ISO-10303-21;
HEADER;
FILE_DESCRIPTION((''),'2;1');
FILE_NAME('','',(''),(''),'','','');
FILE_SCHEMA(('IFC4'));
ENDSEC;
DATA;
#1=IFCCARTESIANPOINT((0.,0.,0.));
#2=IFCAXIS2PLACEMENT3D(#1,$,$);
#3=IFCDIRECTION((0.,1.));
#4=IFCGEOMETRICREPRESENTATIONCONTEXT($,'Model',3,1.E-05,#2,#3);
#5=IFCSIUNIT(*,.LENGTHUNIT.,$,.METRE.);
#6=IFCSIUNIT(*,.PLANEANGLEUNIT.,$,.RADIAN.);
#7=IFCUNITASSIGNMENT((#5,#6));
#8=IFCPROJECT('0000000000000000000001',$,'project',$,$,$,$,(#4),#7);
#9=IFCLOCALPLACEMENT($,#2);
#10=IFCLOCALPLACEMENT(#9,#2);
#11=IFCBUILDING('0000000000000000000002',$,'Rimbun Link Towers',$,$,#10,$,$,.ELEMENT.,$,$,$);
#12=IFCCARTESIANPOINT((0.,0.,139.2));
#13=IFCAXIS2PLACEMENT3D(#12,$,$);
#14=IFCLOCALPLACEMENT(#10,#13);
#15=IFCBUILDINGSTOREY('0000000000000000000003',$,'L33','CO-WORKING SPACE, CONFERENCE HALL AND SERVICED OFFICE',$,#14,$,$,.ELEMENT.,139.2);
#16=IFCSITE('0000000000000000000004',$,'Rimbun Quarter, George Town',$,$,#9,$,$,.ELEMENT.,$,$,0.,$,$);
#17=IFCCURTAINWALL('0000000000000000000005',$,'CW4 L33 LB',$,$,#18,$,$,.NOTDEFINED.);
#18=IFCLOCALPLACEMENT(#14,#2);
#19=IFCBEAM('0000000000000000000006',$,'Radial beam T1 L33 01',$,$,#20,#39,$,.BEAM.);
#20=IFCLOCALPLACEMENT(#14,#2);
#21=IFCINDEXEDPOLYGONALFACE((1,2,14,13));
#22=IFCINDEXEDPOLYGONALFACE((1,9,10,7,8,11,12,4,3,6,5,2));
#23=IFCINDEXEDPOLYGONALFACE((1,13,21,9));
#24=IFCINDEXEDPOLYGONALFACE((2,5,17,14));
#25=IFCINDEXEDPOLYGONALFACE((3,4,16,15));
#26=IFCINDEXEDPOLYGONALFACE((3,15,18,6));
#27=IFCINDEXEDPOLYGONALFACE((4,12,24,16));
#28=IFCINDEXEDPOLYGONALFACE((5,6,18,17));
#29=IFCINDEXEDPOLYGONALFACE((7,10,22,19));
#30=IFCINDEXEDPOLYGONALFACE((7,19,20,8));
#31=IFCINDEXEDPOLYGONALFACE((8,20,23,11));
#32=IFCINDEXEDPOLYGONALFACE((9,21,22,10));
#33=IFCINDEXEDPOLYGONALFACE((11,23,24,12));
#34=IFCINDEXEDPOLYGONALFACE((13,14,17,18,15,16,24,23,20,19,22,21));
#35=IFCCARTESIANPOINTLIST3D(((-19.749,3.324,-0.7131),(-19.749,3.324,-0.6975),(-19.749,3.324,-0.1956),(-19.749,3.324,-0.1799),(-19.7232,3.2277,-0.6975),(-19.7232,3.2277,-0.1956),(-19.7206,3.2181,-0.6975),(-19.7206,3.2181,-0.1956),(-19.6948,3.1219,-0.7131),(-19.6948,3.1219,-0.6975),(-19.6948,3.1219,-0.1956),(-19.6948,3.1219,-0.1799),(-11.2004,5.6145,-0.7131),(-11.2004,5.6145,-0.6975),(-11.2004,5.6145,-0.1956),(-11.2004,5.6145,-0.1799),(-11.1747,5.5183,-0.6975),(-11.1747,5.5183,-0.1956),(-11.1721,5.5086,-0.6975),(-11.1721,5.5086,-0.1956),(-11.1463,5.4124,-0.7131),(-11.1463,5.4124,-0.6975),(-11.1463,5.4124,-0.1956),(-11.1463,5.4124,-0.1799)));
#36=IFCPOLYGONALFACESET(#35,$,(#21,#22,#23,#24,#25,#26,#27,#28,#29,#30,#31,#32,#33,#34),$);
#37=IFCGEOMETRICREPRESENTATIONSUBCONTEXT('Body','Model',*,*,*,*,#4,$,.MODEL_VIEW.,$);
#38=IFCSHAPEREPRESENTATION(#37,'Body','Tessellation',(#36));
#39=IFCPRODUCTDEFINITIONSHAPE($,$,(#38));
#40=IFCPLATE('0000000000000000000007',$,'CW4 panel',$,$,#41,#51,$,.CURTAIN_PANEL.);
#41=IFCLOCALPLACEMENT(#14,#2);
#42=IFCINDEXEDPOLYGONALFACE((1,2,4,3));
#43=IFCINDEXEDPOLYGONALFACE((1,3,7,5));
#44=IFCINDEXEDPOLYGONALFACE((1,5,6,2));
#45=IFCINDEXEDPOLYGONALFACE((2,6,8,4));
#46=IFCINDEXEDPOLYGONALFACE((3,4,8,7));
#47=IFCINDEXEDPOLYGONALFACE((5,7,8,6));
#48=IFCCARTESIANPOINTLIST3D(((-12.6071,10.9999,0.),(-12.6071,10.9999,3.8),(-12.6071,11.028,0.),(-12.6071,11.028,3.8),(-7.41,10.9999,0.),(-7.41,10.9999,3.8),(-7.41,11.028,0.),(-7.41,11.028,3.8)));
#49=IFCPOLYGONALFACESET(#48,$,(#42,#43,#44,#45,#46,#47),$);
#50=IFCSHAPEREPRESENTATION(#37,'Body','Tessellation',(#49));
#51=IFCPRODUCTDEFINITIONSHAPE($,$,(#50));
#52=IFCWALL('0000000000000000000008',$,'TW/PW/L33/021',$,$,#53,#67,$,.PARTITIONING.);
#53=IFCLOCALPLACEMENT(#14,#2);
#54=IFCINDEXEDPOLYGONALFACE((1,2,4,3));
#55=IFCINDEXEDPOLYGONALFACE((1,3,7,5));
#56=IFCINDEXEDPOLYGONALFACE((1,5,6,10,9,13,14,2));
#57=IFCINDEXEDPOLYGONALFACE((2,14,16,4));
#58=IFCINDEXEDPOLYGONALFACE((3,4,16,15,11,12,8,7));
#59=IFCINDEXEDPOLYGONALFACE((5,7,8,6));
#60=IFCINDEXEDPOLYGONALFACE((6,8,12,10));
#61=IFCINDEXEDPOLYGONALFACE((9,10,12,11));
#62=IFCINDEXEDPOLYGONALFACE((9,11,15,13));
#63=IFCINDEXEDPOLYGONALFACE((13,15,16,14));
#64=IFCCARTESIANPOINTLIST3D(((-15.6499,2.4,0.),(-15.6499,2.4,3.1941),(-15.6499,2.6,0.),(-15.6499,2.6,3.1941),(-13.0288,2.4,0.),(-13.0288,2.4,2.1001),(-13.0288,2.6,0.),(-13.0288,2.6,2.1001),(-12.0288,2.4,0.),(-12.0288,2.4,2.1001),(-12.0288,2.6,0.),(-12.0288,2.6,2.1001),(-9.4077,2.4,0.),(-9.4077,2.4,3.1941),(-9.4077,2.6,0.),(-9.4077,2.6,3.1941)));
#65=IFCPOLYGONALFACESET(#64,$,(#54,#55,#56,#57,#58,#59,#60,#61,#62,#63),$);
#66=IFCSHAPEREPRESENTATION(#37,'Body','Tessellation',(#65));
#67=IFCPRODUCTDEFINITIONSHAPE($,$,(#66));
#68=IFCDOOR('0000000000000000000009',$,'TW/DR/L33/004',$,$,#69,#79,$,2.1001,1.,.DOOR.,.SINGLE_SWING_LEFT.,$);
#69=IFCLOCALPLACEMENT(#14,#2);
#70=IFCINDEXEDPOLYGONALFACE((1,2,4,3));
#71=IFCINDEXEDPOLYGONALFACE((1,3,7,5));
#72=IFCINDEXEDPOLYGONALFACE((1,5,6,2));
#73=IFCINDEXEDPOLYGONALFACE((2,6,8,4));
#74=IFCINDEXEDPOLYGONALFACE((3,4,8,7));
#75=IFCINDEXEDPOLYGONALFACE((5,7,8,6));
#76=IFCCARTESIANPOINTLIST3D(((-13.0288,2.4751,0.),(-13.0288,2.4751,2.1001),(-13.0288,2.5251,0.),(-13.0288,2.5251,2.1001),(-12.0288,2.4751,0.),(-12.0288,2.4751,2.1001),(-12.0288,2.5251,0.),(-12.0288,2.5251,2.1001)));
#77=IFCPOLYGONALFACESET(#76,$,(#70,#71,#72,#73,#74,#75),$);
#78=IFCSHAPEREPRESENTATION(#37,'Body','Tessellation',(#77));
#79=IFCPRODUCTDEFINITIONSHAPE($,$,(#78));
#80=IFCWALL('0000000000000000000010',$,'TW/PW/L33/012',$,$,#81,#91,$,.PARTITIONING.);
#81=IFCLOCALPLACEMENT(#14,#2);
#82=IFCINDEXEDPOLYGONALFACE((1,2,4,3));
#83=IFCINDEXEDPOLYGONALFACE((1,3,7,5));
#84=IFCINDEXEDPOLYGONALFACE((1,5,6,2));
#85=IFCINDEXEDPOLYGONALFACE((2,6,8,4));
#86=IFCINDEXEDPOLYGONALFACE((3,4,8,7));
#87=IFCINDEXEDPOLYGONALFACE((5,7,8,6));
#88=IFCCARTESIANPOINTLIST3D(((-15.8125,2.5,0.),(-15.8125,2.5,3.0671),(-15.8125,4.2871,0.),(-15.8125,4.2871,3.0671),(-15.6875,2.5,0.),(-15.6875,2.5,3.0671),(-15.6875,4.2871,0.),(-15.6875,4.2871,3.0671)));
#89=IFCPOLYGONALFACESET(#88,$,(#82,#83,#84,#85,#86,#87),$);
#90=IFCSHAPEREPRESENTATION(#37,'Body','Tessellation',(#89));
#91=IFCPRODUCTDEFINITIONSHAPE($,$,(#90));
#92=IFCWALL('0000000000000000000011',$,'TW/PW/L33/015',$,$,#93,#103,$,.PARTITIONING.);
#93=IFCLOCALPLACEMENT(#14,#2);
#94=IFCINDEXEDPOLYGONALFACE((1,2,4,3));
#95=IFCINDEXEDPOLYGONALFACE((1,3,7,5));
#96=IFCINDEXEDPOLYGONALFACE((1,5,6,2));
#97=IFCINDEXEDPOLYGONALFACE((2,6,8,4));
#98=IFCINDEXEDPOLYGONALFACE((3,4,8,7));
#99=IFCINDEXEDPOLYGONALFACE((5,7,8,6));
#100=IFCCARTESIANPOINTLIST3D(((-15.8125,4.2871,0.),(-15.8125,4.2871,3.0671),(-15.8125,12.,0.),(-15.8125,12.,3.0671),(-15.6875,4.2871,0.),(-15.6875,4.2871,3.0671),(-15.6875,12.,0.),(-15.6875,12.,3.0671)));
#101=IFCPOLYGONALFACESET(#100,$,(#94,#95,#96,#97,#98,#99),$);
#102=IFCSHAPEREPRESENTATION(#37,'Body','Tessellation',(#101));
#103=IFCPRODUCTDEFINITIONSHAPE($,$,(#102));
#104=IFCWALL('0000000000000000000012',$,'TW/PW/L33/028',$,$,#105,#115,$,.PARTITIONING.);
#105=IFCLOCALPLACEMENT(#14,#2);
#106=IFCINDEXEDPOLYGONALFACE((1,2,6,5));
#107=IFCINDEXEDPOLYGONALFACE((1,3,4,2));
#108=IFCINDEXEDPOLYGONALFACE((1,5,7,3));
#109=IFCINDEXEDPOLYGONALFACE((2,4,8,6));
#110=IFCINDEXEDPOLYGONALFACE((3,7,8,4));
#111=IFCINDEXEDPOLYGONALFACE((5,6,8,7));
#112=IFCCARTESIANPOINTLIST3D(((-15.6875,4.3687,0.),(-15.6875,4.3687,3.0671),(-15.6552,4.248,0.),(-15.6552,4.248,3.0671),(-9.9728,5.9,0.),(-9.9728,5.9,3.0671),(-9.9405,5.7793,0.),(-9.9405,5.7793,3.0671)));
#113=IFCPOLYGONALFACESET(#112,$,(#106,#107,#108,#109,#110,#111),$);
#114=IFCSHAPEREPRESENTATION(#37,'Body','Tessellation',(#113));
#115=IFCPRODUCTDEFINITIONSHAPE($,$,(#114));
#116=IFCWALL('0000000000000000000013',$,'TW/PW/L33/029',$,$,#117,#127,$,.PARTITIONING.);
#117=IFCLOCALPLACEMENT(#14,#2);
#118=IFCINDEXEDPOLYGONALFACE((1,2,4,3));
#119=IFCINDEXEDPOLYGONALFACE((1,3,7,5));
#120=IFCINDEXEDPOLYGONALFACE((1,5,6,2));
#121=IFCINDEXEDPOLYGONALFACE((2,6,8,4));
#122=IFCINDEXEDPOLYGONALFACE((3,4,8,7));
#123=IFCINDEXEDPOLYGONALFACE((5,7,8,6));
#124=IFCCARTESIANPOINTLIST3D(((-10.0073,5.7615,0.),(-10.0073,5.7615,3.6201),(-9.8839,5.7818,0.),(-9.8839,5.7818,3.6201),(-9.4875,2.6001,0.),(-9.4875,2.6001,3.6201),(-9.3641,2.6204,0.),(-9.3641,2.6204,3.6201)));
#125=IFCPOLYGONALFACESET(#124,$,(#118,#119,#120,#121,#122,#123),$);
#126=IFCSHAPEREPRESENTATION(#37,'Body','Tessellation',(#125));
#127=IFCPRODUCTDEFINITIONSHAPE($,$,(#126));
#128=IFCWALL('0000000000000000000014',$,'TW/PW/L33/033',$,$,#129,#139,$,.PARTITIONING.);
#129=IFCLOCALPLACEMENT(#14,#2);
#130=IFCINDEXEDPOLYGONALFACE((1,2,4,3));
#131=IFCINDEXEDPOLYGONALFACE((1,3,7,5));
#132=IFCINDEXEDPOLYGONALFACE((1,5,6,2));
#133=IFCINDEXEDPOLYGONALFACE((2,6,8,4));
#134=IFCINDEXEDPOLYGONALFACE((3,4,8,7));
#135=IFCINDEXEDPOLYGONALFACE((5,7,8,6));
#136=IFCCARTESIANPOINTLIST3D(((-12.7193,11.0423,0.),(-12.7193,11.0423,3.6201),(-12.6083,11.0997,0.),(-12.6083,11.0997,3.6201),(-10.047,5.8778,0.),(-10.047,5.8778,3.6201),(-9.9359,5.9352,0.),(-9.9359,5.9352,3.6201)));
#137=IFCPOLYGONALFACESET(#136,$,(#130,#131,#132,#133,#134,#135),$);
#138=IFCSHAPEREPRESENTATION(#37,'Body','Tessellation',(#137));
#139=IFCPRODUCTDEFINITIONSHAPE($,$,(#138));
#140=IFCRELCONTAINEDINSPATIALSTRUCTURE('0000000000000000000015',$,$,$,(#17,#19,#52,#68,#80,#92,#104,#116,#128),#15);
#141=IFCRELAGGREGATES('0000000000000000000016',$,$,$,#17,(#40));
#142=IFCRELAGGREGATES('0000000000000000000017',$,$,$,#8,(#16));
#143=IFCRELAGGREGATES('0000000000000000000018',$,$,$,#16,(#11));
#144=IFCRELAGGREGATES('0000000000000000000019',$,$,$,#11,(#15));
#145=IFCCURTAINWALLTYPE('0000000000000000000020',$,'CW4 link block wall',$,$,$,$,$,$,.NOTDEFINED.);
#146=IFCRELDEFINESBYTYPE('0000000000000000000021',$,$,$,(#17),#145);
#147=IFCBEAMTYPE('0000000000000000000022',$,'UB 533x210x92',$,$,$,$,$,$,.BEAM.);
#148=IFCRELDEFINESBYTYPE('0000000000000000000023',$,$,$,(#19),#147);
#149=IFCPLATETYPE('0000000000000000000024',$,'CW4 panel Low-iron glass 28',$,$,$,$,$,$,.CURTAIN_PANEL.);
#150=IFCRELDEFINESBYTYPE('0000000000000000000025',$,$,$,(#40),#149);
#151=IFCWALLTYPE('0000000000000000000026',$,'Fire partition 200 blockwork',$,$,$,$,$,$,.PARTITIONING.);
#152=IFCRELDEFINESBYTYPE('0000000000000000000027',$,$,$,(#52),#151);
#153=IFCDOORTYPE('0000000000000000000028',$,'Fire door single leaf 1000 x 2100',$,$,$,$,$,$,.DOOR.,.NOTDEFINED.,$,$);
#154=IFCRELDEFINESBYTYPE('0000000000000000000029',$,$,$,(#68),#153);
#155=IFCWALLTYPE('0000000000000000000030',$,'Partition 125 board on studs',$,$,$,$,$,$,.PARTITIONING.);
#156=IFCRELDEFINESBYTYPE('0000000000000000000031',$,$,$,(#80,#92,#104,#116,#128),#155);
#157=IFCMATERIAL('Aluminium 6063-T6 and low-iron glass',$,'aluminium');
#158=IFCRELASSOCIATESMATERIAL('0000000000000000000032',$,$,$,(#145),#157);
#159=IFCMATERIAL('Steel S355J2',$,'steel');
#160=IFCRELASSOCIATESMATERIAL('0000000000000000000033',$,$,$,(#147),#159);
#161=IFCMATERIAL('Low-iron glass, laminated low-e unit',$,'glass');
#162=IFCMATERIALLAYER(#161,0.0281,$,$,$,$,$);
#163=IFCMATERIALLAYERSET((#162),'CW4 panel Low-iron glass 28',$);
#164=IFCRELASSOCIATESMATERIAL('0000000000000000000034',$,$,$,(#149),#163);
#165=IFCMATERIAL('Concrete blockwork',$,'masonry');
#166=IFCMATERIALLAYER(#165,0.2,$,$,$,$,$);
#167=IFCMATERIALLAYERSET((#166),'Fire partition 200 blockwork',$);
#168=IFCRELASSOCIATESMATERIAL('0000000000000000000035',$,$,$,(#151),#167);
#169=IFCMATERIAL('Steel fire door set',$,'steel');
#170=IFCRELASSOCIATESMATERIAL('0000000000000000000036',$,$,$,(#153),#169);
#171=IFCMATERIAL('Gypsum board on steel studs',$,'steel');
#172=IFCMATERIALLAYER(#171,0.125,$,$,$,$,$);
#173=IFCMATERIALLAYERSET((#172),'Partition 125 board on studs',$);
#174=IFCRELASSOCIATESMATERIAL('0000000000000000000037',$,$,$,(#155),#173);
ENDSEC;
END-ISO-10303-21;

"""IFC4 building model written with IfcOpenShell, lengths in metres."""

from ifc_helpers import new_model, si_unit, direction, frame, frame_2d, origin, origin_2d, place, context, subcontext, project, spatial, rectangle, i_section, extrude, material, layer, layer_set, material_profile, profile_set, type_object, element, fill, aggregate, save


model = new_model("IFC4")

# Units and contexts
model_context = context("Model", 3, precision=1e-05, world=origin(), true_north=direction((0.0, 1.0)))
body_context = subcontext(model_context, "Body", "Model", "MODEL_VIEW")
ifc_project = project(units=[si_unit("LENGTHUNIT", "METRE"), si_unit("PLANEANGLEUNIT", "RADIAN")], contexts=[model_context])

# Site, building, storey
site_placement = place(None, origin())
site = spatial("IfcSite", under=ifc_project, at=site_placement, Name="Rimbun Quarter, George Town", CompositionType="ELEMENT", RefElevation=0.0)
building_placement = place(site_placement, origin())
building = spatial("IfcBuilding", under=site, at=building_placement, Name="Rimbun Link Towers", CompositionType="ELEMENT")
storey_placement = place(building_placement, frame((0.0, 0.0, 139.2)))
storey = spatial("IfcBuildingStorey", under=building, at=storey_placement, Name="L33", Description="CO-WORKING SPACE, CONFERENCE HALL AND SERVICED OFFICE", CompositionType="ELEMENT", Elevation=139.2)

# Curtain wall
ifc_material_1 = material(Name="Aluminium 6063-T6 and low-iron glass", Category="aluminium")
curtain_wall_type = type_object("IfcCurtainWallType", Name="CW4 link block wall", PredefinedType="NOTDEFINED", material=ifc_material_1)
curtain_wall_placement = place(storey_placement, origin())
curtain_wall = element("IfcCurtainWall", 1, at=curtain_wall_placement, inside=storey, type_object=curtain_wall_type, Name="CW4 L33 LB", PredefinedType="NOTDEFINED")

# Beam
ifc_material_2 = material(Name="Steel S355J2", Category="steel")
ifc_material_profile_1 = material_profile(ifc_material_2, i_section(OverallWidth=0.2092, OverallDepth=0.5332, WebThickness=0.01, FlangeThickness=0.0156, at=origin_2d()), Name="UB 533x210x92")
ifc_profile_set_1 = profile_set([ifc_material_profile_1], Name="Steel S355J2")
beam_type_1 = type_object("IfcBeamType", Name="UB 533x210x92", PredefinedType="BEAM", material=ifc_profile_set_1)
beam_1_placement = place(storey_placement, frame((-19.7219, 3.2229, -0.4465), z_axis=(0.965927, 0.258813, 0.0), x_axis=(-0.258813, 0.965927, 0.0)))
element("IfcBeam", 2, at=beam_1_placement, inside=storey, type_object=beam_type_1, Name="Radial beam T1 L33 01", PredefinedType="BEAM", context=body_context, shape_type="SweptSolid", body=[
    extrude(i_section(OverallWidth=0.2092, OverallDepth=0.5332, WebThickness=0.01, FlangeThickness=0.0156, at=origin_2d()), origin(), (0.0, 0.0, 1.0), 8.8501),
])

# Plate
ifc_material_3 = material(Name="Low-iron glass, laminated low-e unit", Category="glass")
ifc_layer_1 = layer(ifc_material_3, 0.0281)
ifc_layer_set_1 = layer_set([ifc_layer_1], Name="CW4 panel Low-iron glass 28")
plate_type = type_object("IfcPlateType", Name="CW4 panel Low-iron glass 28", PredefinedType="CURTAIN_PANEL", material=ifc_layer_set_1)
plate_placement = place(storey_placement, frame((-10.0085, 11.0139, 0.0), z_axis=(0.0, 0.0, 1.0), x_axis=(1.0, 0.0, 0.0)))
plate = element("IfcPlate", 3, at=plate_placement, type_object=plate_type, Name="CW4 panel", PredefinedType="CURTAIN_PANEL", context=body_context, shape_type="SweptSolid", body=[
    extrude(rectangle(XDim=5.197, YDim=0.0281, at=origin_2d()), origin(), (0.0, 0.0, 1.0), 3.8),
])
aggregate(curtain_wall, [plate])

# Wall, opening, door
ifc_material_4 = material(Name="Concrete blockwork", Category="masonry")
ifc_layer_2 = layer(ifc_material_4, 0.2)
ifc_layer_set_2 = layer_set([ifc_layer_2], Name="Fire partition 200 blockwork")
wall_type_1 = type_object("IfcWallType", Name="Fire partition 200 blockwork", PredefinedType="PARTITIONING", material=ifc_layer_set_2)
wall_1_placement = place(storey_placement, frame((-9.4077, 2.5, 0.0), z_axis=(0.0, 0.0, 1.0), x_axis=(-1.0, 0.0, 0.0)))
wall_1 = element("IfcWall", 4, at=wall_1_placement, inside=storey, type_object=wall_type_1, Name="TW/PW/L33/021", PredefinedType="PARTITIONING", context=body_context, shape_type="SweptSolid", body=[
    extrude(rectangle(XDim=6.2422, YDim=0.2, at=frame_2d((3.1211, 0.0))), origin(), (0.0, 0.0, 1.0), 3.1941),
])
opening_placement = place(wall_1_placement, frame((2.6211, 0.0, 0.0)))
opening = element("IfcOpeningElement", 5, at=opening_placement, cuts=wall_1, PredefinedType="OPENING", context=body_context, shape_type="SweptSolid", body=[
    extrude(rectangle(XDim=1.0, YDim=2.1001, at=frame_2d((0.5, 1.05))), frame((0.0, 0.1099, 0.0), z_axis=(0.0, -1.0, 0.0), x_axis=(1.0, 0.0, 0.0)), (0.0, 0.0, 1.0), 0.22),
])
ifc_material_5 = material(Name="Steel fire door set", Category="steel")
door_type = type_object("IfcDoorType", Name="Fire door single leaf 1000 x 2100", OperationType="NOTDEFINED", PredefinedType="DOOR", material=ifc_material_5)
door_placement = place(opening_placement, origin())
door = element("IfcDoor", 6, at=door_placement, inside=storey, type_object=door_type, Name="TW/DR/L33/004", OperationType="SINGLE_SWING_LEFT", OverallHeight=2.1001, OverallWidth=1.0, PredefinedType="DOOR", context=body_context, shape_type="SweptSolid", body=[
    extrude(rectangle(XDim=1.0, YDim=2.1001, at=frame_2d((0.5, 1.05))), frame((0.0, 0.0249, 0.0), z_axis=(0.0, -1.0, 0.0), x_axis=(1.0, 0.0, 0.0)), (0.0, 0.0, 1.0), 0.05),
])
fill(opening, door)

# Walls
ifc_material_6 = material(Name="Gypsum board on steel studs", Category="steel")
ifc_layer_3 = layer(ifc_material_6, 0.125)
ifc_layer_set_3 = layer_set([ifc_layer_3], Name="Partition 125 board on studs")
wall_type_2 = type_object("IfcWallType", Name="Partition 125 board on studs", PredefinedType="PARTITIONING", material=ifc_layer_set_3)
wall_2_placement = place(storey_placement, frame((-15.75, 2.5, 0.0), z_axis=(0.0, 0.0, 1.0), x_axis=(0.0, 1.0, 0.0)))
element("IfcWall", 7, at=wall_2_placement, inside=storey, type_object=wall_type_2, Name="TW/PW/L33/012", PredefinedType="PARTITIONING", context=body_context, shape_type="SweptSolid", body=[
    extrude(rectangle(XDim=1.7871, YDim=0.125, at=frame_2d((0.8936, 0.0))), origin(), (0.0, 0.0, 1.0), 3.0671),
])
wall_3_placement = place(storey_placement, frame((-15.75, 4.2871, 0.0), z_axis=(0.0, 0.0, 1.0), x_axis=(0.0, 1.0, 0.0)))
element("IfcWall", 8, at=wall_3_placement, inside=storey, type_object=wall_type_2, Name="TW/PW/L33/015", PredefinedType="PARTITIONING", context=body_context, shape_type="SweptSolid", body=[
    extrude(rectangle(XDim=7.7129, YDim=0.125, at=frame_2d((3.8564, 0.0))), origin(), (0.0, 0.0, 1.0), 3.0671),
])
wall_4_placement = place(storey_placement, frame((-9.9568, 5.8396, 0.0), z_axis=(0.0, 0.0, 1.0), x_axis=(-0.965925, -0.258823, 0.0)))
element("IfcWall", 9, at=wall_4_placement, inside=storey, type_object=wall_type_2, Name="TW/PW/L33/028", PredefinedType="PARTITIONING", context=body_context, shape_type="SweptSolid", body=[
    extrude(rectangle(XDim=5.9163, YDim=0.125, at=frame_2d((2.958, 0.0))), origin(), (0.0, 0.0, 1.0), 3.0671),
])
wall_5_placement = place(storey_placement, frame((-9.4258, 2.6101, 0.0), z_axis=(0.0, 0.0, 1.0), x_axis=(-0.162236, 0.986752, 0.0)))
element("IfcWall", 10, at=wall_5_placement, inside=storey, type_object=wall_type_2, Name="TW/PW/L33/029", PredefinedType="PARTITIONING", context=body_context, shape_type="SweptSolid", body=[
    extrude(rectangle(XDim=3.2039, YDim=0.125, at=frame_2d((1.6021, 0.0))), origin(), (0.0, 0.0, 1.0), 3.6201),
])
wall_6_placement = place(storey_placement, frame((-9.9915, 5.9065, 0.0), z_axis=(0.0, 0.0, 1.0), x_axis=(-0.459565, 0.888144, 0.0)))
element("IfcWall", 11, at=wall_6_placement, inside=storey, type_object=wall_type_2, Name="TW/PW/L33/033", PredefinedType="PARTITIONING", context=body_context, shape_type="SweptSolid", body=[
    extrude(rectangle(XDim=5.8149, YDim=0.125, at=frame_2d((2.9075, 0.0))), origin(), (0.0, 0.0, 1.0), 3.6201),
])

save(model, "model.ifc")
